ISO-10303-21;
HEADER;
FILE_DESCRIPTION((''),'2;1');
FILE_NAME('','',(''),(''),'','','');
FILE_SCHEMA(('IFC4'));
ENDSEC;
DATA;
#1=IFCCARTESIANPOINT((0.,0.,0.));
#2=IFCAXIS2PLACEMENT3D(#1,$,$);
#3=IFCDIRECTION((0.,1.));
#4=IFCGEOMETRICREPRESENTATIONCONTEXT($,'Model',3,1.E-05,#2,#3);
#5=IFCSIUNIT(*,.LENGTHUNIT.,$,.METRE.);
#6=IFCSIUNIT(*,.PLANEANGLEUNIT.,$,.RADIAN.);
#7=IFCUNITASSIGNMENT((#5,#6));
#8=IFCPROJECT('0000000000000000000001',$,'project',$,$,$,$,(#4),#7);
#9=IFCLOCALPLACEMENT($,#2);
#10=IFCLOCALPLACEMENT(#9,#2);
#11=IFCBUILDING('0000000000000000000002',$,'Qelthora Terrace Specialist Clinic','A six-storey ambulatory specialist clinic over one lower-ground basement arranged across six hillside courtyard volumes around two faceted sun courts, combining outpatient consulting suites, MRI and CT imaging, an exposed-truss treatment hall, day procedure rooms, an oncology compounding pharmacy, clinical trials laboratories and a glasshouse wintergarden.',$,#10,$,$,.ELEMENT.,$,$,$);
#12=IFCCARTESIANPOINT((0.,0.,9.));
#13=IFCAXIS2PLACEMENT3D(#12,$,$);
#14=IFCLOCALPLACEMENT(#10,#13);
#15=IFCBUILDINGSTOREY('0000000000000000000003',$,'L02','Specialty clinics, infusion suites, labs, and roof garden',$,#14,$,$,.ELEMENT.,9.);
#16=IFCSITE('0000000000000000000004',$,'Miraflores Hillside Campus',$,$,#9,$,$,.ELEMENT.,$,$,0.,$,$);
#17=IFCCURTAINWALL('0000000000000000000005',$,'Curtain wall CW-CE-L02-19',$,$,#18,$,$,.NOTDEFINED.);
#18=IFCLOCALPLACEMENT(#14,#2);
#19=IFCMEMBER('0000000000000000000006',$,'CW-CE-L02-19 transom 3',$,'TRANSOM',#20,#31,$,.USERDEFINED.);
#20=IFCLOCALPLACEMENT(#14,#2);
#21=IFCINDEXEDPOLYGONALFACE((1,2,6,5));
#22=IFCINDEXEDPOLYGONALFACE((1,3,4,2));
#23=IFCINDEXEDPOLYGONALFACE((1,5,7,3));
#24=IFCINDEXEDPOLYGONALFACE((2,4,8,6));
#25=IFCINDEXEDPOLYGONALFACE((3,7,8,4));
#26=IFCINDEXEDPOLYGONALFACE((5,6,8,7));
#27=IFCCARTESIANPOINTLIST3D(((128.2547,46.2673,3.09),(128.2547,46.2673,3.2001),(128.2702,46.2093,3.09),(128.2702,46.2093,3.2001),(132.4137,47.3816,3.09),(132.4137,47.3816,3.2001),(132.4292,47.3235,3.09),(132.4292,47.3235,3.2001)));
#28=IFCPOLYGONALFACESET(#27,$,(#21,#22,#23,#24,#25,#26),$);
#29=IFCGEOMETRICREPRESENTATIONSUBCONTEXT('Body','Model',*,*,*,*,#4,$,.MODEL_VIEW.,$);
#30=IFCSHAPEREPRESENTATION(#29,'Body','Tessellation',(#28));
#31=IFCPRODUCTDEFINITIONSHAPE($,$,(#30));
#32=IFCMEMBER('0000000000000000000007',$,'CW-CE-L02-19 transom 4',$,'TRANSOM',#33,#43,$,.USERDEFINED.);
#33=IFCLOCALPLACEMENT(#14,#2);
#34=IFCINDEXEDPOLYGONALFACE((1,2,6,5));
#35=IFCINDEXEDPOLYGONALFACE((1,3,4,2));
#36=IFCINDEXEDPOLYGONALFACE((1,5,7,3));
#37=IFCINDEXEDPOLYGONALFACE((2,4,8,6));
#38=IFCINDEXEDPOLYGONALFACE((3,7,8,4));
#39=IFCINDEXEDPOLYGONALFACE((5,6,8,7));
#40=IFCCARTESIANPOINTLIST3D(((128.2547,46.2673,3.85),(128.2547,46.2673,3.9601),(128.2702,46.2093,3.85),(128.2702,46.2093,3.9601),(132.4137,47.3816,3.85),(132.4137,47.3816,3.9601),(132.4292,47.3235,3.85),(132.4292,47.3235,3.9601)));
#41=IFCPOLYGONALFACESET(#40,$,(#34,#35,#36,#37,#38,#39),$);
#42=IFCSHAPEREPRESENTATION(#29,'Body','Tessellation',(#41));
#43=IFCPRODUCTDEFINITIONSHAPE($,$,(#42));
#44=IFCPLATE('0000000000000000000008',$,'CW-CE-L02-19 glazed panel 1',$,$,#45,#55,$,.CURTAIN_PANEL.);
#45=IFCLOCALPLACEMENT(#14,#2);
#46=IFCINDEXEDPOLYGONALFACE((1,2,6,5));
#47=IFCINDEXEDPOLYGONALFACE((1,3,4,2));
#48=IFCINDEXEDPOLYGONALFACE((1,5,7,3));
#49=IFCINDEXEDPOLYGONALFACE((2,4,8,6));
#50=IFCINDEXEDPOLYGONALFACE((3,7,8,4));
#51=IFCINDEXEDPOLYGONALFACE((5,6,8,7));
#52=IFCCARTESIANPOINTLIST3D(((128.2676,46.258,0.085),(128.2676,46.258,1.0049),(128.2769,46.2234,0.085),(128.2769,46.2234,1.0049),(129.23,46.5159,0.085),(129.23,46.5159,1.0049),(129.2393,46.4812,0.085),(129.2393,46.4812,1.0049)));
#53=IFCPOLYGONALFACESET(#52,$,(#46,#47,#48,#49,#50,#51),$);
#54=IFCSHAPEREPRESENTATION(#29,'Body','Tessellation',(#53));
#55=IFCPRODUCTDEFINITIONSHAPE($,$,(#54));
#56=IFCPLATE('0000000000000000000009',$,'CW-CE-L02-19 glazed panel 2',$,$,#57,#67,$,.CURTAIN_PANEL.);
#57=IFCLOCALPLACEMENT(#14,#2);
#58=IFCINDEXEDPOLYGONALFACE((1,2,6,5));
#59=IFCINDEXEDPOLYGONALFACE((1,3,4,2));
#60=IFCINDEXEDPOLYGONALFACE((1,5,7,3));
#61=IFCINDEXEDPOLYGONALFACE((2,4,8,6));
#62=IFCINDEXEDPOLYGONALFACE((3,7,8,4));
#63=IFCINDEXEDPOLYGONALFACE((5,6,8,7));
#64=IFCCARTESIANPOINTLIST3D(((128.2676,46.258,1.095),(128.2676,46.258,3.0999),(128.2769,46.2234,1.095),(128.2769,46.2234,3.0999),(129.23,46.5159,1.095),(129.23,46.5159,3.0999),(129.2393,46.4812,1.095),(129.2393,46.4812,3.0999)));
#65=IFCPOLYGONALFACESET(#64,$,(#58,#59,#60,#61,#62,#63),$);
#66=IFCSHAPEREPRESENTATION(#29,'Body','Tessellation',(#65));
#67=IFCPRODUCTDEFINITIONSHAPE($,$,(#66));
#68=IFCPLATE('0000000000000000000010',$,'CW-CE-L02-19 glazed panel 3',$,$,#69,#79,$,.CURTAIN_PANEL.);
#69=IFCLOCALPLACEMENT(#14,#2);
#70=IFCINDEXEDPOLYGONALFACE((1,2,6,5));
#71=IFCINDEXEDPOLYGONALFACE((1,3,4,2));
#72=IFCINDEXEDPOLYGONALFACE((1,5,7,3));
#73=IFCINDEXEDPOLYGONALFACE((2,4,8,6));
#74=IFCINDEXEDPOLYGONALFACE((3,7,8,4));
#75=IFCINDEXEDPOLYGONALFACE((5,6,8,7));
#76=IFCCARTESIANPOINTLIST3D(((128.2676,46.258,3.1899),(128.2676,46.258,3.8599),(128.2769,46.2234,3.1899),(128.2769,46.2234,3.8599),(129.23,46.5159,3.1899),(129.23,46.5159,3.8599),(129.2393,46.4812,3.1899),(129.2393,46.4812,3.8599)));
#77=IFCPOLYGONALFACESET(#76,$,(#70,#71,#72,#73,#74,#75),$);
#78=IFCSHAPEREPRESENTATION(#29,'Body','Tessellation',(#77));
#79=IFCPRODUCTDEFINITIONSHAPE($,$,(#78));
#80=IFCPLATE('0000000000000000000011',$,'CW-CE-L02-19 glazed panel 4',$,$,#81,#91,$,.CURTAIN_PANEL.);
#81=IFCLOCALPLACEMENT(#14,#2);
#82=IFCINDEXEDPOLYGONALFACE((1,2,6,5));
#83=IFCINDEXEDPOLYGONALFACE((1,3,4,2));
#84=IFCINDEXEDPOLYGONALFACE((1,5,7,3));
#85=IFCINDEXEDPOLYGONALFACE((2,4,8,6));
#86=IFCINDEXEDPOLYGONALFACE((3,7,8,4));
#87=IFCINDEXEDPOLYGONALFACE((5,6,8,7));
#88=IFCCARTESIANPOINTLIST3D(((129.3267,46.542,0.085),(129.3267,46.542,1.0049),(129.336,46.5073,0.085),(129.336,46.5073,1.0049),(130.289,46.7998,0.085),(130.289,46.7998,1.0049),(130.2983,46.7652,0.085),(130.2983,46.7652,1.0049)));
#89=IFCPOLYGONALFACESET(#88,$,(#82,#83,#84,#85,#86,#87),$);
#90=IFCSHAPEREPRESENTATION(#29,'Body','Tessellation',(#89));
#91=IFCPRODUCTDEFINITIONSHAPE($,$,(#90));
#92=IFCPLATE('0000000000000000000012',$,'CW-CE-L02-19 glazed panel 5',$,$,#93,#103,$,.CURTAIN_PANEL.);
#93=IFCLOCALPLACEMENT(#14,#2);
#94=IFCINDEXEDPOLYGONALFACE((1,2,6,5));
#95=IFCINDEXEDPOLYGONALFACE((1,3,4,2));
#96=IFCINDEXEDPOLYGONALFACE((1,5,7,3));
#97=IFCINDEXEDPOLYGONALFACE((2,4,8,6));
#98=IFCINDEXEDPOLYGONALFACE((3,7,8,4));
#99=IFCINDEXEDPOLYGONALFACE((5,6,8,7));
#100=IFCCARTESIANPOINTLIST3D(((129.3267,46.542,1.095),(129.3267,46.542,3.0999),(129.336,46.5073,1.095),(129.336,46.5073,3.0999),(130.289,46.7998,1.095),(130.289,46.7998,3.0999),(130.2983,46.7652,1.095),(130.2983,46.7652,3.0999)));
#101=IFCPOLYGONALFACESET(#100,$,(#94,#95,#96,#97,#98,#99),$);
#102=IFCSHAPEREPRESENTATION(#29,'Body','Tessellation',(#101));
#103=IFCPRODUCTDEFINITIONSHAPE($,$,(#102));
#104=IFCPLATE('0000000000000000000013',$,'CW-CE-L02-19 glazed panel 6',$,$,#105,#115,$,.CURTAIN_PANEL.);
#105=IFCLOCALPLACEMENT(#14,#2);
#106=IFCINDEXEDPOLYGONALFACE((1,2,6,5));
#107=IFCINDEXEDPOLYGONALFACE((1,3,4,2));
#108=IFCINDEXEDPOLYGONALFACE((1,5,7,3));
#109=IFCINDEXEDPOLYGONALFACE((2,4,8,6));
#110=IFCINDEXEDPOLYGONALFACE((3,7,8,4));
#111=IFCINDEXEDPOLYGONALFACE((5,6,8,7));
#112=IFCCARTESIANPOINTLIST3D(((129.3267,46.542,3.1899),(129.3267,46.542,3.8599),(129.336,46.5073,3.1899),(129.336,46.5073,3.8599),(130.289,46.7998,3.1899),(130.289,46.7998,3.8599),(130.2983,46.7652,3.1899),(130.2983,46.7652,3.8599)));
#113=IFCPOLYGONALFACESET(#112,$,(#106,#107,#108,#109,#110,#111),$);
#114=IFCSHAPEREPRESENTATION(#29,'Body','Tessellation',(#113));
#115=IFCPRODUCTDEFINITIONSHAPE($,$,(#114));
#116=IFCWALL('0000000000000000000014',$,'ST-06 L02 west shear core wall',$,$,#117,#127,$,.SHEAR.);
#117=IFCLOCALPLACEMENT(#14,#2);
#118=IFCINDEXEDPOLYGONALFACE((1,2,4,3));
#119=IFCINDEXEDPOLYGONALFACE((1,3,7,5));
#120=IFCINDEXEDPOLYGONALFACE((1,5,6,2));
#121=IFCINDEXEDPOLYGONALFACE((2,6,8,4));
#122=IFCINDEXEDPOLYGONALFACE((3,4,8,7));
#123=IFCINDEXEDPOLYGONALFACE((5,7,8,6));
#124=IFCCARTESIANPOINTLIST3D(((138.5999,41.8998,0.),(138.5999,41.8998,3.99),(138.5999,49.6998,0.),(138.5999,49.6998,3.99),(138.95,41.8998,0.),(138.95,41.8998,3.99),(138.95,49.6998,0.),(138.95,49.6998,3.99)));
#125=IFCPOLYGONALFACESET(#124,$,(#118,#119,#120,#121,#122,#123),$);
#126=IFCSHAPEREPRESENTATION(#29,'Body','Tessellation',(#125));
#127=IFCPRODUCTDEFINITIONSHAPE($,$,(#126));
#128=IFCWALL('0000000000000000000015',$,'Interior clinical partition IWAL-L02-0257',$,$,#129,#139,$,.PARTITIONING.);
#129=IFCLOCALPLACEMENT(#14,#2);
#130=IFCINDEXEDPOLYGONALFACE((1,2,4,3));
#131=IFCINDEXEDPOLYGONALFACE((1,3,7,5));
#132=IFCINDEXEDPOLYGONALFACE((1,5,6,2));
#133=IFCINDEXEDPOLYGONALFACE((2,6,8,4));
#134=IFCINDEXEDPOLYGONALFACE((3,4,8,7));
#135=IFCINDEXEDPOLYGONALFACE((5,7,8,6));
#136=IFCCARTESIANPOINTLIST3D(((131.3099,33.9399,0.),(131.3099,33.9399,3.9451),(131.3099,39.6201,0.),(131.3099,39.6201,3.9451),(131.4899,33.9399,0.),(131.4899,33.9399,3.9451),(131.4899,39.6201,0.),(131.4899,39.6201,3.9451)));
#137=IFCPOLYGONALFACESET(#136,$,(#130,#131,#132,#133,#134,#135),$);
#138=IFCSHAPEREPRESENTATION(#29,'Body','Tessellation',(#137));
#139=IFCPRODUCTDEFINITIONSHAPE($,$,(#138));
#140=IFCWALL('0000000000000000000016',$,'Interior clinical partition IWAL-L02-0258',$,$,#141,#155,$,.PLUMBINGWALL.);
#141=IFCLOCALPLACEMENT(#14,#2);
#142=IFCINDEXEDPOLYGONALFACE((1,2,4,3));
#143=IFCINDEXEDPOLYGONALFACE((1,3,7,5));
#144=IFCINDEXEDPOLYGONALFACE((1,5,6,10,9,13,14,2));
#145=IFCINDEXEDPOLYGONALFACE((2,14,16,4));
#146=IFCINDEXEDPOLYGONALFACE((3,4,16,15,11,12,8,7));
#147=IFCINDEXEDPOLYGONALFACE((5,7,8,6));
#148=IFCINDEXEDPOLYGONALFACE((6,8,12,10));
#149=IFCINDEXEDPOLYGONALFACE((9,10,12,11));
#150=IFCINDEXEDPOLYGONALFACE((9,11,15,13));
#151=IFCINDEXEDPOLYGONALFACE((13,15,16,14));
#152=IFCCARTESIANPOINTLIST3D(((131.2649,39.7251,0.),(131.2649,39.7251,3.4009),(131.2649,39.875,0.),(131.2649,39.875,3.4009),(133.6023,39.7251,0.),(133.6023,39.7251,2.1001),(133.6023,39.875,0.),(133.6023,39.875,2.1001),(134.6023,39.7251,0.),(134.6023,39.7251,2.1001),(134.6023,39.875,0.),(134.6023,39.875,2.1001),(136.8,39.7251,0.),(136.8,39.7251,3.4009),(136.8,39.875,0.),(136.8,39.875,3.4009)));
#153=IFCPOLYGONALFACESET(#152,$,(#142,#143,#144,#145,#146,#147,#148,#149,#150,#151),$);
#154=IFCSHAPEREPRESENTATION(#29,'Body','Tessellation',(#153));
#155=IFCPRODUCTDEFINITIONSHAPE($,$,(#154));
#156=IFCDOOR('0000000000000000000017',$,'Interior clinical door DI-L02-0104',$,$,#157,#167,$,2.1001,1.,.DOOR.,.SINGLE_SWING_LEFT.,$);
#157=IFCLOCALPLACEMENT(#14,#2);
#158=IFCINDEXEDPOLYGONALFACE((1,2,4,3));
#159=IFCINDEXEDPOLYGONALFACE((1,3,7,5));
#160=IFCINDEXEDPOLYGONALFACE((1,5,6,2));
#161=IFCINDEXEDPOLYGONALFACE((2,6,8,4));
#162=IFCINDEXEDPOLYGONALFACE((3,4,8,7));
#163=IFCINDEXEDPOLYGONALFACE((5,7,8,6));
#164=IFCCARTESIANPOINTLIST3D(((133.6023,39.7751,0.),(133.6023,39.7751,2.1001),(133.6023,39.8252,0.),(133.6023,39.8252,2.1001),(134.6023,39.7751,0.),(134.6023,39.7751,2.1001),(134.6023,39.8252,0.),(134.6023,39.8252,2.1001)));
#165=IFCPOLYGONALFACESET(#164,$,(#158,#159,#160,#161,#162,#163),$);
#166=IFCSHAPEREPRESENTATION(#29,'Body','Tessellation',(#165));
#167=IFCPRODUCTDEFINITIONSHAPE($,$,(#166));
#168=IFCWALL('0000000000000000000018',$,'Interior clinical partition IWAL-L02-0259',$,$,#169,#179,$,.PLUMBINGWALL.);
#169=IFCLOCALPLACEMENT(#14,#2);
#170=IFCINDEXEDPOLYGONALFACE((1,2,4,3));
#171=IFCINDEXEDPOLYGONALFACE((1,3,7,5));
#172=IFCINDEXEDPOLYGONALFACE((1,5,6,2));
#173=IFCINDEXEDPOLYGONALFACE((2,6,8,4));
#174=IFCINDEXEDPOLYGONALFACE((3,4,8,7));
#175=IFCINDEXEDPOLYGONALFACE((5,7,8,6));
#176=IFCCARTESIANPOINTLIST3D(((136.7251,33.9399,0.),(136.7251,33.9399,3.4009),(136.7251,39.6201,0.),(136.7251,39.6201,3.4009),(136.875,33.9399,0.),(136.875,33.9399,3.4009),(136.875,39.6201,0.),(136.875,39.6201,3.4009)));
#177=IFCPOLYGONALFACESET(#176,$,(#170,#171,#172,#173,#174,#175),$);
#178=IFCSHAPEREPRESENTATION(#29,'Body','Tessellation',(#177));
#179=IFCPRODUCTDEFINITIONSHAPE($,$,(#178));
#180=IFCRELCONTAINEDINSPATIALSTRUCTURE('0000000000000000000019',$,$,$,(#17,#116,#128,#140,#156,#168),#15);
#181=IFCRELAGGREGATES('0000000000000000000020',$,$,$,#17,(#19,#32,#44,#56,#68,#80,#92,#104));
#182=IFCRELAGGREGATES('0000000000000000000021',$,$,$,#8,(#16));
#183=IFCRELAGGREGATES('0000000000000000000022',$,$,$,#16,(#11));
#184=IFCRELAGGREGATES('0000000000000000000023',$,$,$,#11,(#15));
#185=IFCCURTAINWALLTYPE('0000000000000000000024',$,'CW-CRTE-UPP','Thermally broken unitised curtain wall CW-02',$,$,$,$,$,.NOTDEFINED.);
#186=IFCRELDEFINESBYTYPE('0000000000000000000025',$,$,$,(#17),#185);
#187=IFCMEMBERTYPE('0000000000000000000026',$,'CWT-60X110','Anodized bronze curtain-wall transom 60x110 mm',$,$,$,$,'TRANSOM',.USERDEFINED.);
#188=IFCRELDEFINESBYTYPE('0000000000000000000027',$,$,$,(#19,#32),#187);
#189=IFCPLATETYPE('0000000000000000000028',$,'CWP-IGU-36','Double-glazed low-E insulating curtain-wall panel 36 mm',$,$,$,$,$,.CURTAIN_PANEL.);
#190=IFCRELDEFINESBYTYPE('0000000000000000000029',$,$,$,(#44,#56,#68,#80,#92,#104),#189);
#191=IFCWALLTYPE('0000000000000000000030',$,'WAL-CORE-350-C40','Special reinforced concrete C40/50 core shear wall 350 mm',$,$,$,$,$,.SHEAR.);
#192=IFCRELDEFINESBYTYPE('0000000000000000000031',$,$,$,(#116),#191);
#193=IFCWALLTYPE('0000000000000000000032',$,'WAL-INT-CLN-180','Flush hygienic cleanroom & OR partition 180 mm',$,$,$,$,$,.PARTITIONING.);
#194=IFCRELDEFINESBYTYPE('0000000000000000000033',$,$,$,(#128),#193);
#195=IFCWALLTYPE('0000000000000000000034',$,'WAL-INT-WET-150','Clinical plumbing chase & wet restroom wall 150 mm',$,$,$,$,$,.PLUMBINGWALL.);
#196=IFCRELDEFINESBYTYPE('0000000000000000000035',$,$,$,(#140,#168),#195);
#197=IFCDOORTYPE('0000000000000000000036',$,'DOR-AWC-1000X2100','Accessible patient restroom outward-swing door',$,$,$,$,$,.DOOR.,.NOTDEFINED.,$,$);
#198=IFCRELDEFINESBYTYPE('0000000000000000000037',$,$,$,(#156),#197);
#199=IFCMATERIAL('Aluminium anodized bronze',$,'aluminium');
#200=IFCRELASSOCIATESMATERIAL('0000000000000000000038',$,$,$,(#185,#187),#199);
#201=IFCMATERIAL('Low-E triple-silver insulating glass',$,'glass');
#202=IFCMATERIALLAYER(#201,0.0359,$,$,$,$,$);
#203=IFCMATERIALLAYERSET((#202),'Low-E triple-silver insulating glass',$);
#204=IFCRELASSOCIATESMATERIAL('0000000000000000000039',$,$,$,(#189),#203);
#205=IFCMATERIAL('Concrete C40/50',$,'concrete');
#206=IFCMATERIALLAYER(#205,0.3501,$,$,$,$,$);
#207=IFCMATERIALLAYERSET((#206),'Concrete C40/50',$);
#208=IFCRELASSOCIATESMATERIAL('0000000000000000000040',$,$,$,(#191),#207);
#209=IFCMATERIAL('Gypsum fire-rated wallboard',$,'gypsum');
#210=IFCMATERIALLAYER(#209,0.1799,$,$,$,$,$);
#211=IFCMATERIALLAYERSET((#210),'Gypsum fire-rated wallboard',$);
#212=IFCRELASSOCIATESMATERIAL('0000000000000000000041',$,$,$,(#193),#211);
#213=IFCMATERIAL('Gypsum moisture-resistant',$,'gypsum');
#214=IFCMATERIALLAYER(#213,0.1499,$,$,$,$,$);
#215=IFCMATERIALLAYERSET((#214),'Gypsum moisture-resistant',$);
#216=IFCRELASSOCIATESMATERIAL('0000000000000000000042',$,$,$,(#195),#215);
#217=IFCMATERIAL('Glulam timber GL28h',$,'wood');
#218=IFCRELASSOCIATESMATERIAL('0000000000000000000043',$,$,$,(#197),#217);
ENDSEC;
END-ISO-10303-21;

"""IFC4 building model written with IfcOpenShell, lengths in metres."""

from ifc_helpers import new_model, si_unit, direction, frame, frame_2d, origin, origin_2d, place, context, subcontext, project, spatial, rectangle, extrude, material, layer, layer_set, material_profile, profile_set, type_object, element, fill, aggregate, save


model = new_model("IFC4")

# Units and contexts
model_context = context("Model", 3, precision=1e-05, world=origin(), true_north=direction((0.0, 1.0)))
body_context = subcontext(model_context, "Body", "Model", "MODEL_VIEW")
ifc_project = project(units=[si_unit("LENGTHUNIT", "METRE"), si_unit("PLANEANGLEUNIT", "RADIAN")], contexts=[model_context])

# Site, building, storey
site_placement = place(None, origin())
site = spatial("IfcSite", under=ifc_project, at=site_placement, Name="Miraflores Hillside Campus", CompositionType="ELEMENT", RefElevation=0.0)
building_placement = place(site_placement, origin())
building = spatial("IfcBuilding", under=site, at=building_placement, Name="Qelthora Terrace Specialist Clinic", Description="A six-storey ambulatory specialist clinic over one lower-ground basement arranged across six hillside courtyard volumes around two faceted sun courts, combining outpatient consulting suites, MRI and CT imaging, an exposed-truss treatment hall, day procedure rooms, an oncology compounding pharmacy, clinical trials laboratories and a glasshouse wintergarden.", CompositionType="ELEMENT")
storey_placement = place(building_placement, frame((0.0, 0.0, 9.0)))
storey = spatial("IfcBuildingStorey", under=building, at=storey_placement, Name="L02", Description="Specialty clinics, infusion suites, labs, and roof garden", CompositionType="ELEMENT", Elevation=9.0)

# Curtain wall, members, plates
ifc_material_1 = material(Name="Aluminium anodized bronze", Category="aluminium")
curtain_wall_type = type_object("IfcCurtainWallType", Name="CW-CRTE-UPP", Description="Thermally broken unitised curtain wall CW-02", PredefinedType="NOTDEFINED", material=ifc_material_1)
curtain_wall_placement = place(storey_placement, origin())
curtain_wall = element("IfcCurtainWall", 1, at=curtain_wall_placement, inside=storey, type_object=curtain_wall_type, Name="Curtain wall CW-CE-L02-19", PredefinedType="NOTDEFINED")
ifc_material_profile_1 = material_profile(ifc_material_1, rectangle(XDim=0.0601, YDim=0.1101, at=origin_2d()), Name="CWT60X110")
ifc_profile_set_1 = profile_set([ifc_material_profile_1], Name="Aluminium anodized bronze")
member_type_1 = type_object("IfcMemberType", Name="CWT-60X110", Description="Anodized bronze curtain-wall transom 60x110 mm", ElementType="TRANSOM", PredefinedType="USERDEFINED", material=ifc_profile_set_1)
member_1_placement = place(storey_placement, frame((128.2625, 46.2383, 3.145), z_axis=(0.965933, 0.258792, 0.0), x_axis=(-0.258792, 0.965933, 0.0)))
member_1 = element("IfcMember", 2, at=member_1_placement, type_object=member_type_1, Name="CW-CE-L02-19 transom 3", ObjectType="TRANSOM", PredefinedType="USERDEFINED", context=body_context, shape_type="SweptSolid", body=[
    extrude(rectangle(XDim=0.0601, YDim=0.1101, at=origin_2d()), origin(), (0.0, 0.0, 1.0), 4.3057),
])
member_2_placement = place(storey_placement, frame((128.2625, 46.2383, 3.905), z_axis=(0.965933, 0.258792, 0.0), x_axis=(-0.258792, 0.965933, 0.0)))
member_2 = element("IfcMember", 3, at=member_2_placement, type_object=member_type_1, Name="CW-CE-L02-19 transom 4", ObjectType="TRANSOM", PredefinedType="USERDEFINED", context=body_context, shape_type="SweptSolid", body=[
    extrude(rectangle(XDim=0.0601, YDim=0.1101, at=origin_2d()), origin(), (0.0, 0.0, 1.0), 4.3057),
])
ifc_material_2 = material(Name="Low-E triple-silver insulating glass", Category="glass")
ifc_layer_1 = layer(ifc_material_2, 0.0359)
ifc_layer_set_1 = layer_set([ifc_layer_1], Name="Low-E triple-silver insulating glass")
plate_type = type_object("IfcPlateType", Name="CWP-IGU-36", Description="Double-glazed low-E insulating curtain-wall panel 36 mm", PredefinedType="CURTAIN_PANEL", material=ifc_layer_set_1)
plate_1_placement = place(storey_placement, frame((128.7534, 46.3696, 0.085), z_axis=(0.0, 0.0, 1.0), x_axis=(0.965926, 0.258819, 0.0)))
plate_1 = element("IfcPlate", 4, at=plate_1_placement, type_object=plate_type, Name="CW-CE-L02-19 glazed panel 1", PredefinedType="CURTAIN_PANEL", context=body_context, shape_type="SweptSolid", body=[
    extrude(rectangle(XDim=0.9963, YDim=0.0359, at=origin_2d()), origin(), (0.0, 0.0, 1.0), 0.9199),
])
plate_2_placement = place(storey_placement, frame((128.7534, 46.3696, 1.095), z_axis=(0.0, 0.0, 1.0), x_axis=(0.965926, 0.258819, 0.0)))
plate_2 = element("IfcPlate", 5, at=plate_2_placement, type_object=plate_type, Name="CW-CE-L02-19 glazed panel 2", PredefinedType="CURTAIN_PANEL", context=body_context, shape_type="SweptSolid", body=[
    extrude(rectangle(XDim=0.9963, YDim=0.0359, at=origin_2d()), origin(), (0.0, 0.0, 1.0), 2.0049),
])
plate_3_placement = place(storey_placement, frame((128.7534, 46.3696, 3.1899), z_axis=(0.0, 0.0, 1.0), x_axis=(0.965926, 0.258819, 0.0)))
plate_3 = element("IfcPlate", 6, at=plate_3_placement, type_object=plate_type, Name="CW-CE-L02-19 glazed panel 3", PredefinedType="CURTAIN_PANEL", context=body_context, shape_type="SweptSolid", body=[
    extrude(rectangle(XDim=0.9963, YDim=0.0359, at=origin_2d()), origin(), (0.0, 0.0, 1.0), 0.6699),
])
plate_4_placement = place(storey_placement, frame((129.8125, 46.6536, 0.085), z_axis=(0.0, 0.0, 1.0), x_axis=(0.965926, 0.258819, 0.0)))
plate_4 = element("IfcPlate", 7, at=plate_4_placement, type_object=plate_type, Name="CW-CE-L02-19 glazed panel 4", PredefinedType="CURTAIN_PANEL", context=body_context, shape_type="SweptSolid", body=[
    extrude(rectangle(XDim=0.9963, YDim=0.0359, at=origin_2d()), origin(), (0.0, 0.0, 1.0), 0.9199),
])
plate_5_placement = place(storey_placement, frame((129.8125, 46.6536, 1.095), z_axis=(0.0, 0.0, 1.0), x_axis=(0.965926, 0.258819, 0.0)))
plate_5 = element("IfcPlate", 8, at=plate_5_placement, type_object=plate_type, Name="CW-CE-L02-19 glazed panel 5", PredefinedType="CURTAIN_PANEL", context=body_context, shape_type="SweptSolid", body=[
    extrude(rectangle(XDim=0.9963, YDim=0.0359, at=origin_2d()), origin(), (0.0, 0.0, 1.0), 2.0049),
])
plate_6_placement = place(storey_placement, frame((129.8125, 46.6536, 3.1899), z_axis=(0.0, 0.0, 1.0), x_axis=(0.965926, 0.258819, 0.0)))
plate_6 = element("IfcPlate", 9, at=plate_6_placement, type_object=plate_type, Name="CW-CE-L02-19 glazed panel 6", PredefinedType="CURTAIN_PANEL", context=body_context, shape_type="SweptSolid", body=[
    extrude(rectangle(XDim=0.9963, YDim=0.0359, at=origin_2d()), origin(), (0.0, 0.0, 1.0), 0.6699),
])
aggregate(curtain_wall, [member_1, member_2, plate_1, plate_2, plate_3, plate_4, plate_5, plate_6])

# Wall
ifc_material_3 = material(Name="Concrete C40/50", Category="concrete")
ifc_layer_2 = layer(ifc_material_3, 0.3501)
ifc_layer_set_2 = layer_set([ifc_layer_2], Name="Concrete C40/50")
wall_type_1 = type_object("IfcWallType", Name="WAL-CORE-350-C40", Description="Special reinforced concrete C40/50 core shear wall 350 mm", PredefinedType="SHEAR", material=ifc_layer_set_2)
wall_1_placement = place(storey_placement, frame((138.7749, 41.8999, 0.0), z_axis=(0.0, 0.0, 1.0), x_axis=(0.0, 1.0, 0.0)))
element("IfcWall", 10, at=wall_1_placement, inside=storey, type_object=wall_type_1, Name="ST-06 L02 west shear core wall", PredefinedType="SHEAR", context=body_context, shape_type="SweptSolid", body=[
    extrude(rectangle(XDim=7.8, YDim=0.3501, at=frame_2d((3.8999, 0.0))), origin(), (0.0, 0.0, 1.0), 3.99),
])

# Wall
ifc_material_4 = material(Name="Gypsum fire-rated wallboard", Category="gypsum")
ifc_layer_3 = layer(ifc_material_4, 0.1799)
ifc_layer_set_3 = layer_set([ifc_layer_3], Name="Gypsum fire-rated wallboard")
wall_type_2 = type_object("IfcWallType", Name="WAL-INT-CLN-180", Description="Flush hygienic cleanroom & OR partition 180 mm", PredefinedType="PARTITIONING", material=ifc_layer_set_3)
wall_2_placement = place(storey_placement, frame((131.3999, 39.6201, 0.0), z_axis=(0.0, 0.0, 1.0), x_axis=(0.0, -1.0, 0.0)))
element("IfcWall", 11, at=wall_2_placement, inside=storey, type_object=wall_type_2, Name="Interior clinical partition IWAL-L02-0257", PredefinedType="PARTITIONING", context=body_context, shape_type="SweptSolid", body=[
    extrude(rectangle(XDim=5.6802, YDim=0.1799, at=frame_2d((2.8401, 0.0))), origin(), (0.0, 0.0, 1.0), 3.9451),
])

# Wall, opening, door
ifc_material_5 = material(Name="Gypsum moisture-resistant", Category="gypsum")
ifc_layer_4 = layer(ifc_material_5, 0.1499)
ifc_layer_set_4 = layer_set([ifc_layer_4], Name="Gypsum moisture-resistant")
wall_type_3 = type_object("IfcWallType", Name="WAL-INT-WET-150", Description="Clinical plumbing chase & wet restroom wall 150 mm", PredefinedType="PLUMBINGWALL", material=ifc_layer_set_4)
wall_3_placement = place(storey_placement, frame((131.2649, 39.8, 0.0), z_axis=(0.0, 0.0, 1.0), x_axis=(1.0, 0.0, 0.0)))
wall_3 = element("IfcWall", 12, at=wall_3_placement, inside=storey, type_object=wall_type_3, Name="Interior clinical partition IWAL-L02-0258", PredefinedType="PLUMBINGWALL", context=body_context, shape_type="SweptSolid", body=[
    extrude(rectangle(XDim=5.5352, YDim=0.1499, at=frame_2d((2.7676, 0.0))), origin(), (0.0, 0.0, 1.0), 3.4009),
])
opening_1_placement = place(wall_3_placement, frame((2.3374, 0.0, 0.0)))
opening_1 = element("IfcOpeningElement", 13, at=opening_1_placement, cuts=wall_3, PredefinedType="OPENING", context=body_context, shape_type="SweptSolid", body=[
    extrude(rectangle(XDim=1.0, YDim=2.1001, at=frame_2d((0.5, 1.05))), frame((0.0, 0.085, 0.0), z_axis=(0.0, -1.0, 0.0), x_axis=(1.0, 0.0, 0.0)), (0.0, 0.0, 1.0), 0.1699),
])
ifc_material_6 = material(Name="Glulam timber GL28h", Category="wood")
door_type_1 = type_object("IfcDoorType", Name="DOR-AWC-1000X2100", Description="Accessible patient restroom outward-swing door", OperationType="NOTDEFINED", PredefinedType="DOOR", material=ifc_material_6)
door_1_placement = place(opening_1_placement, frame((1.0, 0.0, 0.0), z_axis=(0.0, 0.0, 1.0), x_axis=(-1.0, 0.0, 0.0)))
door_1 = element("IfcDoor", 14, at=door_1_placement, inside=storey, type_object=door_type_1, Name="Interior clinical door DI-L02-0104", OperationType="SINGLE_SWING_LEFT", OverallHeight=2.1001, OverallWidth=1.0, PredefinedType="DOOR", context=body_context, shape_type="SweptSolid", body=[
    extrude(rectangle(XDim=1.0, YDim=2.1001, at=frame_2d((0.5, 1.05))), frame((0.0, 0.0249, 0.0), z_axis=(0.0, -1.0, 0.0), x_axis=(1.0, 0.0, 0.0)), (0.0, 0.0, 1.0), 0.05),
])
fill(opening_1, door_1)

# Wall
wall_4_placement = place(storey_placement, frame((136.8, 39.6201, 0.0), z_axis=(0.0, 0.0, 1.0), x_axis=(0.0, -1.0, 0.0)))
element("IfcWall", 15, at=wall_4_placement, inside=storey, type_object=wall_type_3, Name="Interior clinical partition IWAL-L02-0259", PredefinedType="PLUMBINGWALL", context=body_context, shape_type="SweptSolid", body=[
    extrude(rectangle(XDim=5.6802, YDim=0.1499, at=frame_2d((2.8401, 0.0))), origin(), (0.0, 0.0, 1.0), 3.4009),
])

save(model, "model.ifc")
